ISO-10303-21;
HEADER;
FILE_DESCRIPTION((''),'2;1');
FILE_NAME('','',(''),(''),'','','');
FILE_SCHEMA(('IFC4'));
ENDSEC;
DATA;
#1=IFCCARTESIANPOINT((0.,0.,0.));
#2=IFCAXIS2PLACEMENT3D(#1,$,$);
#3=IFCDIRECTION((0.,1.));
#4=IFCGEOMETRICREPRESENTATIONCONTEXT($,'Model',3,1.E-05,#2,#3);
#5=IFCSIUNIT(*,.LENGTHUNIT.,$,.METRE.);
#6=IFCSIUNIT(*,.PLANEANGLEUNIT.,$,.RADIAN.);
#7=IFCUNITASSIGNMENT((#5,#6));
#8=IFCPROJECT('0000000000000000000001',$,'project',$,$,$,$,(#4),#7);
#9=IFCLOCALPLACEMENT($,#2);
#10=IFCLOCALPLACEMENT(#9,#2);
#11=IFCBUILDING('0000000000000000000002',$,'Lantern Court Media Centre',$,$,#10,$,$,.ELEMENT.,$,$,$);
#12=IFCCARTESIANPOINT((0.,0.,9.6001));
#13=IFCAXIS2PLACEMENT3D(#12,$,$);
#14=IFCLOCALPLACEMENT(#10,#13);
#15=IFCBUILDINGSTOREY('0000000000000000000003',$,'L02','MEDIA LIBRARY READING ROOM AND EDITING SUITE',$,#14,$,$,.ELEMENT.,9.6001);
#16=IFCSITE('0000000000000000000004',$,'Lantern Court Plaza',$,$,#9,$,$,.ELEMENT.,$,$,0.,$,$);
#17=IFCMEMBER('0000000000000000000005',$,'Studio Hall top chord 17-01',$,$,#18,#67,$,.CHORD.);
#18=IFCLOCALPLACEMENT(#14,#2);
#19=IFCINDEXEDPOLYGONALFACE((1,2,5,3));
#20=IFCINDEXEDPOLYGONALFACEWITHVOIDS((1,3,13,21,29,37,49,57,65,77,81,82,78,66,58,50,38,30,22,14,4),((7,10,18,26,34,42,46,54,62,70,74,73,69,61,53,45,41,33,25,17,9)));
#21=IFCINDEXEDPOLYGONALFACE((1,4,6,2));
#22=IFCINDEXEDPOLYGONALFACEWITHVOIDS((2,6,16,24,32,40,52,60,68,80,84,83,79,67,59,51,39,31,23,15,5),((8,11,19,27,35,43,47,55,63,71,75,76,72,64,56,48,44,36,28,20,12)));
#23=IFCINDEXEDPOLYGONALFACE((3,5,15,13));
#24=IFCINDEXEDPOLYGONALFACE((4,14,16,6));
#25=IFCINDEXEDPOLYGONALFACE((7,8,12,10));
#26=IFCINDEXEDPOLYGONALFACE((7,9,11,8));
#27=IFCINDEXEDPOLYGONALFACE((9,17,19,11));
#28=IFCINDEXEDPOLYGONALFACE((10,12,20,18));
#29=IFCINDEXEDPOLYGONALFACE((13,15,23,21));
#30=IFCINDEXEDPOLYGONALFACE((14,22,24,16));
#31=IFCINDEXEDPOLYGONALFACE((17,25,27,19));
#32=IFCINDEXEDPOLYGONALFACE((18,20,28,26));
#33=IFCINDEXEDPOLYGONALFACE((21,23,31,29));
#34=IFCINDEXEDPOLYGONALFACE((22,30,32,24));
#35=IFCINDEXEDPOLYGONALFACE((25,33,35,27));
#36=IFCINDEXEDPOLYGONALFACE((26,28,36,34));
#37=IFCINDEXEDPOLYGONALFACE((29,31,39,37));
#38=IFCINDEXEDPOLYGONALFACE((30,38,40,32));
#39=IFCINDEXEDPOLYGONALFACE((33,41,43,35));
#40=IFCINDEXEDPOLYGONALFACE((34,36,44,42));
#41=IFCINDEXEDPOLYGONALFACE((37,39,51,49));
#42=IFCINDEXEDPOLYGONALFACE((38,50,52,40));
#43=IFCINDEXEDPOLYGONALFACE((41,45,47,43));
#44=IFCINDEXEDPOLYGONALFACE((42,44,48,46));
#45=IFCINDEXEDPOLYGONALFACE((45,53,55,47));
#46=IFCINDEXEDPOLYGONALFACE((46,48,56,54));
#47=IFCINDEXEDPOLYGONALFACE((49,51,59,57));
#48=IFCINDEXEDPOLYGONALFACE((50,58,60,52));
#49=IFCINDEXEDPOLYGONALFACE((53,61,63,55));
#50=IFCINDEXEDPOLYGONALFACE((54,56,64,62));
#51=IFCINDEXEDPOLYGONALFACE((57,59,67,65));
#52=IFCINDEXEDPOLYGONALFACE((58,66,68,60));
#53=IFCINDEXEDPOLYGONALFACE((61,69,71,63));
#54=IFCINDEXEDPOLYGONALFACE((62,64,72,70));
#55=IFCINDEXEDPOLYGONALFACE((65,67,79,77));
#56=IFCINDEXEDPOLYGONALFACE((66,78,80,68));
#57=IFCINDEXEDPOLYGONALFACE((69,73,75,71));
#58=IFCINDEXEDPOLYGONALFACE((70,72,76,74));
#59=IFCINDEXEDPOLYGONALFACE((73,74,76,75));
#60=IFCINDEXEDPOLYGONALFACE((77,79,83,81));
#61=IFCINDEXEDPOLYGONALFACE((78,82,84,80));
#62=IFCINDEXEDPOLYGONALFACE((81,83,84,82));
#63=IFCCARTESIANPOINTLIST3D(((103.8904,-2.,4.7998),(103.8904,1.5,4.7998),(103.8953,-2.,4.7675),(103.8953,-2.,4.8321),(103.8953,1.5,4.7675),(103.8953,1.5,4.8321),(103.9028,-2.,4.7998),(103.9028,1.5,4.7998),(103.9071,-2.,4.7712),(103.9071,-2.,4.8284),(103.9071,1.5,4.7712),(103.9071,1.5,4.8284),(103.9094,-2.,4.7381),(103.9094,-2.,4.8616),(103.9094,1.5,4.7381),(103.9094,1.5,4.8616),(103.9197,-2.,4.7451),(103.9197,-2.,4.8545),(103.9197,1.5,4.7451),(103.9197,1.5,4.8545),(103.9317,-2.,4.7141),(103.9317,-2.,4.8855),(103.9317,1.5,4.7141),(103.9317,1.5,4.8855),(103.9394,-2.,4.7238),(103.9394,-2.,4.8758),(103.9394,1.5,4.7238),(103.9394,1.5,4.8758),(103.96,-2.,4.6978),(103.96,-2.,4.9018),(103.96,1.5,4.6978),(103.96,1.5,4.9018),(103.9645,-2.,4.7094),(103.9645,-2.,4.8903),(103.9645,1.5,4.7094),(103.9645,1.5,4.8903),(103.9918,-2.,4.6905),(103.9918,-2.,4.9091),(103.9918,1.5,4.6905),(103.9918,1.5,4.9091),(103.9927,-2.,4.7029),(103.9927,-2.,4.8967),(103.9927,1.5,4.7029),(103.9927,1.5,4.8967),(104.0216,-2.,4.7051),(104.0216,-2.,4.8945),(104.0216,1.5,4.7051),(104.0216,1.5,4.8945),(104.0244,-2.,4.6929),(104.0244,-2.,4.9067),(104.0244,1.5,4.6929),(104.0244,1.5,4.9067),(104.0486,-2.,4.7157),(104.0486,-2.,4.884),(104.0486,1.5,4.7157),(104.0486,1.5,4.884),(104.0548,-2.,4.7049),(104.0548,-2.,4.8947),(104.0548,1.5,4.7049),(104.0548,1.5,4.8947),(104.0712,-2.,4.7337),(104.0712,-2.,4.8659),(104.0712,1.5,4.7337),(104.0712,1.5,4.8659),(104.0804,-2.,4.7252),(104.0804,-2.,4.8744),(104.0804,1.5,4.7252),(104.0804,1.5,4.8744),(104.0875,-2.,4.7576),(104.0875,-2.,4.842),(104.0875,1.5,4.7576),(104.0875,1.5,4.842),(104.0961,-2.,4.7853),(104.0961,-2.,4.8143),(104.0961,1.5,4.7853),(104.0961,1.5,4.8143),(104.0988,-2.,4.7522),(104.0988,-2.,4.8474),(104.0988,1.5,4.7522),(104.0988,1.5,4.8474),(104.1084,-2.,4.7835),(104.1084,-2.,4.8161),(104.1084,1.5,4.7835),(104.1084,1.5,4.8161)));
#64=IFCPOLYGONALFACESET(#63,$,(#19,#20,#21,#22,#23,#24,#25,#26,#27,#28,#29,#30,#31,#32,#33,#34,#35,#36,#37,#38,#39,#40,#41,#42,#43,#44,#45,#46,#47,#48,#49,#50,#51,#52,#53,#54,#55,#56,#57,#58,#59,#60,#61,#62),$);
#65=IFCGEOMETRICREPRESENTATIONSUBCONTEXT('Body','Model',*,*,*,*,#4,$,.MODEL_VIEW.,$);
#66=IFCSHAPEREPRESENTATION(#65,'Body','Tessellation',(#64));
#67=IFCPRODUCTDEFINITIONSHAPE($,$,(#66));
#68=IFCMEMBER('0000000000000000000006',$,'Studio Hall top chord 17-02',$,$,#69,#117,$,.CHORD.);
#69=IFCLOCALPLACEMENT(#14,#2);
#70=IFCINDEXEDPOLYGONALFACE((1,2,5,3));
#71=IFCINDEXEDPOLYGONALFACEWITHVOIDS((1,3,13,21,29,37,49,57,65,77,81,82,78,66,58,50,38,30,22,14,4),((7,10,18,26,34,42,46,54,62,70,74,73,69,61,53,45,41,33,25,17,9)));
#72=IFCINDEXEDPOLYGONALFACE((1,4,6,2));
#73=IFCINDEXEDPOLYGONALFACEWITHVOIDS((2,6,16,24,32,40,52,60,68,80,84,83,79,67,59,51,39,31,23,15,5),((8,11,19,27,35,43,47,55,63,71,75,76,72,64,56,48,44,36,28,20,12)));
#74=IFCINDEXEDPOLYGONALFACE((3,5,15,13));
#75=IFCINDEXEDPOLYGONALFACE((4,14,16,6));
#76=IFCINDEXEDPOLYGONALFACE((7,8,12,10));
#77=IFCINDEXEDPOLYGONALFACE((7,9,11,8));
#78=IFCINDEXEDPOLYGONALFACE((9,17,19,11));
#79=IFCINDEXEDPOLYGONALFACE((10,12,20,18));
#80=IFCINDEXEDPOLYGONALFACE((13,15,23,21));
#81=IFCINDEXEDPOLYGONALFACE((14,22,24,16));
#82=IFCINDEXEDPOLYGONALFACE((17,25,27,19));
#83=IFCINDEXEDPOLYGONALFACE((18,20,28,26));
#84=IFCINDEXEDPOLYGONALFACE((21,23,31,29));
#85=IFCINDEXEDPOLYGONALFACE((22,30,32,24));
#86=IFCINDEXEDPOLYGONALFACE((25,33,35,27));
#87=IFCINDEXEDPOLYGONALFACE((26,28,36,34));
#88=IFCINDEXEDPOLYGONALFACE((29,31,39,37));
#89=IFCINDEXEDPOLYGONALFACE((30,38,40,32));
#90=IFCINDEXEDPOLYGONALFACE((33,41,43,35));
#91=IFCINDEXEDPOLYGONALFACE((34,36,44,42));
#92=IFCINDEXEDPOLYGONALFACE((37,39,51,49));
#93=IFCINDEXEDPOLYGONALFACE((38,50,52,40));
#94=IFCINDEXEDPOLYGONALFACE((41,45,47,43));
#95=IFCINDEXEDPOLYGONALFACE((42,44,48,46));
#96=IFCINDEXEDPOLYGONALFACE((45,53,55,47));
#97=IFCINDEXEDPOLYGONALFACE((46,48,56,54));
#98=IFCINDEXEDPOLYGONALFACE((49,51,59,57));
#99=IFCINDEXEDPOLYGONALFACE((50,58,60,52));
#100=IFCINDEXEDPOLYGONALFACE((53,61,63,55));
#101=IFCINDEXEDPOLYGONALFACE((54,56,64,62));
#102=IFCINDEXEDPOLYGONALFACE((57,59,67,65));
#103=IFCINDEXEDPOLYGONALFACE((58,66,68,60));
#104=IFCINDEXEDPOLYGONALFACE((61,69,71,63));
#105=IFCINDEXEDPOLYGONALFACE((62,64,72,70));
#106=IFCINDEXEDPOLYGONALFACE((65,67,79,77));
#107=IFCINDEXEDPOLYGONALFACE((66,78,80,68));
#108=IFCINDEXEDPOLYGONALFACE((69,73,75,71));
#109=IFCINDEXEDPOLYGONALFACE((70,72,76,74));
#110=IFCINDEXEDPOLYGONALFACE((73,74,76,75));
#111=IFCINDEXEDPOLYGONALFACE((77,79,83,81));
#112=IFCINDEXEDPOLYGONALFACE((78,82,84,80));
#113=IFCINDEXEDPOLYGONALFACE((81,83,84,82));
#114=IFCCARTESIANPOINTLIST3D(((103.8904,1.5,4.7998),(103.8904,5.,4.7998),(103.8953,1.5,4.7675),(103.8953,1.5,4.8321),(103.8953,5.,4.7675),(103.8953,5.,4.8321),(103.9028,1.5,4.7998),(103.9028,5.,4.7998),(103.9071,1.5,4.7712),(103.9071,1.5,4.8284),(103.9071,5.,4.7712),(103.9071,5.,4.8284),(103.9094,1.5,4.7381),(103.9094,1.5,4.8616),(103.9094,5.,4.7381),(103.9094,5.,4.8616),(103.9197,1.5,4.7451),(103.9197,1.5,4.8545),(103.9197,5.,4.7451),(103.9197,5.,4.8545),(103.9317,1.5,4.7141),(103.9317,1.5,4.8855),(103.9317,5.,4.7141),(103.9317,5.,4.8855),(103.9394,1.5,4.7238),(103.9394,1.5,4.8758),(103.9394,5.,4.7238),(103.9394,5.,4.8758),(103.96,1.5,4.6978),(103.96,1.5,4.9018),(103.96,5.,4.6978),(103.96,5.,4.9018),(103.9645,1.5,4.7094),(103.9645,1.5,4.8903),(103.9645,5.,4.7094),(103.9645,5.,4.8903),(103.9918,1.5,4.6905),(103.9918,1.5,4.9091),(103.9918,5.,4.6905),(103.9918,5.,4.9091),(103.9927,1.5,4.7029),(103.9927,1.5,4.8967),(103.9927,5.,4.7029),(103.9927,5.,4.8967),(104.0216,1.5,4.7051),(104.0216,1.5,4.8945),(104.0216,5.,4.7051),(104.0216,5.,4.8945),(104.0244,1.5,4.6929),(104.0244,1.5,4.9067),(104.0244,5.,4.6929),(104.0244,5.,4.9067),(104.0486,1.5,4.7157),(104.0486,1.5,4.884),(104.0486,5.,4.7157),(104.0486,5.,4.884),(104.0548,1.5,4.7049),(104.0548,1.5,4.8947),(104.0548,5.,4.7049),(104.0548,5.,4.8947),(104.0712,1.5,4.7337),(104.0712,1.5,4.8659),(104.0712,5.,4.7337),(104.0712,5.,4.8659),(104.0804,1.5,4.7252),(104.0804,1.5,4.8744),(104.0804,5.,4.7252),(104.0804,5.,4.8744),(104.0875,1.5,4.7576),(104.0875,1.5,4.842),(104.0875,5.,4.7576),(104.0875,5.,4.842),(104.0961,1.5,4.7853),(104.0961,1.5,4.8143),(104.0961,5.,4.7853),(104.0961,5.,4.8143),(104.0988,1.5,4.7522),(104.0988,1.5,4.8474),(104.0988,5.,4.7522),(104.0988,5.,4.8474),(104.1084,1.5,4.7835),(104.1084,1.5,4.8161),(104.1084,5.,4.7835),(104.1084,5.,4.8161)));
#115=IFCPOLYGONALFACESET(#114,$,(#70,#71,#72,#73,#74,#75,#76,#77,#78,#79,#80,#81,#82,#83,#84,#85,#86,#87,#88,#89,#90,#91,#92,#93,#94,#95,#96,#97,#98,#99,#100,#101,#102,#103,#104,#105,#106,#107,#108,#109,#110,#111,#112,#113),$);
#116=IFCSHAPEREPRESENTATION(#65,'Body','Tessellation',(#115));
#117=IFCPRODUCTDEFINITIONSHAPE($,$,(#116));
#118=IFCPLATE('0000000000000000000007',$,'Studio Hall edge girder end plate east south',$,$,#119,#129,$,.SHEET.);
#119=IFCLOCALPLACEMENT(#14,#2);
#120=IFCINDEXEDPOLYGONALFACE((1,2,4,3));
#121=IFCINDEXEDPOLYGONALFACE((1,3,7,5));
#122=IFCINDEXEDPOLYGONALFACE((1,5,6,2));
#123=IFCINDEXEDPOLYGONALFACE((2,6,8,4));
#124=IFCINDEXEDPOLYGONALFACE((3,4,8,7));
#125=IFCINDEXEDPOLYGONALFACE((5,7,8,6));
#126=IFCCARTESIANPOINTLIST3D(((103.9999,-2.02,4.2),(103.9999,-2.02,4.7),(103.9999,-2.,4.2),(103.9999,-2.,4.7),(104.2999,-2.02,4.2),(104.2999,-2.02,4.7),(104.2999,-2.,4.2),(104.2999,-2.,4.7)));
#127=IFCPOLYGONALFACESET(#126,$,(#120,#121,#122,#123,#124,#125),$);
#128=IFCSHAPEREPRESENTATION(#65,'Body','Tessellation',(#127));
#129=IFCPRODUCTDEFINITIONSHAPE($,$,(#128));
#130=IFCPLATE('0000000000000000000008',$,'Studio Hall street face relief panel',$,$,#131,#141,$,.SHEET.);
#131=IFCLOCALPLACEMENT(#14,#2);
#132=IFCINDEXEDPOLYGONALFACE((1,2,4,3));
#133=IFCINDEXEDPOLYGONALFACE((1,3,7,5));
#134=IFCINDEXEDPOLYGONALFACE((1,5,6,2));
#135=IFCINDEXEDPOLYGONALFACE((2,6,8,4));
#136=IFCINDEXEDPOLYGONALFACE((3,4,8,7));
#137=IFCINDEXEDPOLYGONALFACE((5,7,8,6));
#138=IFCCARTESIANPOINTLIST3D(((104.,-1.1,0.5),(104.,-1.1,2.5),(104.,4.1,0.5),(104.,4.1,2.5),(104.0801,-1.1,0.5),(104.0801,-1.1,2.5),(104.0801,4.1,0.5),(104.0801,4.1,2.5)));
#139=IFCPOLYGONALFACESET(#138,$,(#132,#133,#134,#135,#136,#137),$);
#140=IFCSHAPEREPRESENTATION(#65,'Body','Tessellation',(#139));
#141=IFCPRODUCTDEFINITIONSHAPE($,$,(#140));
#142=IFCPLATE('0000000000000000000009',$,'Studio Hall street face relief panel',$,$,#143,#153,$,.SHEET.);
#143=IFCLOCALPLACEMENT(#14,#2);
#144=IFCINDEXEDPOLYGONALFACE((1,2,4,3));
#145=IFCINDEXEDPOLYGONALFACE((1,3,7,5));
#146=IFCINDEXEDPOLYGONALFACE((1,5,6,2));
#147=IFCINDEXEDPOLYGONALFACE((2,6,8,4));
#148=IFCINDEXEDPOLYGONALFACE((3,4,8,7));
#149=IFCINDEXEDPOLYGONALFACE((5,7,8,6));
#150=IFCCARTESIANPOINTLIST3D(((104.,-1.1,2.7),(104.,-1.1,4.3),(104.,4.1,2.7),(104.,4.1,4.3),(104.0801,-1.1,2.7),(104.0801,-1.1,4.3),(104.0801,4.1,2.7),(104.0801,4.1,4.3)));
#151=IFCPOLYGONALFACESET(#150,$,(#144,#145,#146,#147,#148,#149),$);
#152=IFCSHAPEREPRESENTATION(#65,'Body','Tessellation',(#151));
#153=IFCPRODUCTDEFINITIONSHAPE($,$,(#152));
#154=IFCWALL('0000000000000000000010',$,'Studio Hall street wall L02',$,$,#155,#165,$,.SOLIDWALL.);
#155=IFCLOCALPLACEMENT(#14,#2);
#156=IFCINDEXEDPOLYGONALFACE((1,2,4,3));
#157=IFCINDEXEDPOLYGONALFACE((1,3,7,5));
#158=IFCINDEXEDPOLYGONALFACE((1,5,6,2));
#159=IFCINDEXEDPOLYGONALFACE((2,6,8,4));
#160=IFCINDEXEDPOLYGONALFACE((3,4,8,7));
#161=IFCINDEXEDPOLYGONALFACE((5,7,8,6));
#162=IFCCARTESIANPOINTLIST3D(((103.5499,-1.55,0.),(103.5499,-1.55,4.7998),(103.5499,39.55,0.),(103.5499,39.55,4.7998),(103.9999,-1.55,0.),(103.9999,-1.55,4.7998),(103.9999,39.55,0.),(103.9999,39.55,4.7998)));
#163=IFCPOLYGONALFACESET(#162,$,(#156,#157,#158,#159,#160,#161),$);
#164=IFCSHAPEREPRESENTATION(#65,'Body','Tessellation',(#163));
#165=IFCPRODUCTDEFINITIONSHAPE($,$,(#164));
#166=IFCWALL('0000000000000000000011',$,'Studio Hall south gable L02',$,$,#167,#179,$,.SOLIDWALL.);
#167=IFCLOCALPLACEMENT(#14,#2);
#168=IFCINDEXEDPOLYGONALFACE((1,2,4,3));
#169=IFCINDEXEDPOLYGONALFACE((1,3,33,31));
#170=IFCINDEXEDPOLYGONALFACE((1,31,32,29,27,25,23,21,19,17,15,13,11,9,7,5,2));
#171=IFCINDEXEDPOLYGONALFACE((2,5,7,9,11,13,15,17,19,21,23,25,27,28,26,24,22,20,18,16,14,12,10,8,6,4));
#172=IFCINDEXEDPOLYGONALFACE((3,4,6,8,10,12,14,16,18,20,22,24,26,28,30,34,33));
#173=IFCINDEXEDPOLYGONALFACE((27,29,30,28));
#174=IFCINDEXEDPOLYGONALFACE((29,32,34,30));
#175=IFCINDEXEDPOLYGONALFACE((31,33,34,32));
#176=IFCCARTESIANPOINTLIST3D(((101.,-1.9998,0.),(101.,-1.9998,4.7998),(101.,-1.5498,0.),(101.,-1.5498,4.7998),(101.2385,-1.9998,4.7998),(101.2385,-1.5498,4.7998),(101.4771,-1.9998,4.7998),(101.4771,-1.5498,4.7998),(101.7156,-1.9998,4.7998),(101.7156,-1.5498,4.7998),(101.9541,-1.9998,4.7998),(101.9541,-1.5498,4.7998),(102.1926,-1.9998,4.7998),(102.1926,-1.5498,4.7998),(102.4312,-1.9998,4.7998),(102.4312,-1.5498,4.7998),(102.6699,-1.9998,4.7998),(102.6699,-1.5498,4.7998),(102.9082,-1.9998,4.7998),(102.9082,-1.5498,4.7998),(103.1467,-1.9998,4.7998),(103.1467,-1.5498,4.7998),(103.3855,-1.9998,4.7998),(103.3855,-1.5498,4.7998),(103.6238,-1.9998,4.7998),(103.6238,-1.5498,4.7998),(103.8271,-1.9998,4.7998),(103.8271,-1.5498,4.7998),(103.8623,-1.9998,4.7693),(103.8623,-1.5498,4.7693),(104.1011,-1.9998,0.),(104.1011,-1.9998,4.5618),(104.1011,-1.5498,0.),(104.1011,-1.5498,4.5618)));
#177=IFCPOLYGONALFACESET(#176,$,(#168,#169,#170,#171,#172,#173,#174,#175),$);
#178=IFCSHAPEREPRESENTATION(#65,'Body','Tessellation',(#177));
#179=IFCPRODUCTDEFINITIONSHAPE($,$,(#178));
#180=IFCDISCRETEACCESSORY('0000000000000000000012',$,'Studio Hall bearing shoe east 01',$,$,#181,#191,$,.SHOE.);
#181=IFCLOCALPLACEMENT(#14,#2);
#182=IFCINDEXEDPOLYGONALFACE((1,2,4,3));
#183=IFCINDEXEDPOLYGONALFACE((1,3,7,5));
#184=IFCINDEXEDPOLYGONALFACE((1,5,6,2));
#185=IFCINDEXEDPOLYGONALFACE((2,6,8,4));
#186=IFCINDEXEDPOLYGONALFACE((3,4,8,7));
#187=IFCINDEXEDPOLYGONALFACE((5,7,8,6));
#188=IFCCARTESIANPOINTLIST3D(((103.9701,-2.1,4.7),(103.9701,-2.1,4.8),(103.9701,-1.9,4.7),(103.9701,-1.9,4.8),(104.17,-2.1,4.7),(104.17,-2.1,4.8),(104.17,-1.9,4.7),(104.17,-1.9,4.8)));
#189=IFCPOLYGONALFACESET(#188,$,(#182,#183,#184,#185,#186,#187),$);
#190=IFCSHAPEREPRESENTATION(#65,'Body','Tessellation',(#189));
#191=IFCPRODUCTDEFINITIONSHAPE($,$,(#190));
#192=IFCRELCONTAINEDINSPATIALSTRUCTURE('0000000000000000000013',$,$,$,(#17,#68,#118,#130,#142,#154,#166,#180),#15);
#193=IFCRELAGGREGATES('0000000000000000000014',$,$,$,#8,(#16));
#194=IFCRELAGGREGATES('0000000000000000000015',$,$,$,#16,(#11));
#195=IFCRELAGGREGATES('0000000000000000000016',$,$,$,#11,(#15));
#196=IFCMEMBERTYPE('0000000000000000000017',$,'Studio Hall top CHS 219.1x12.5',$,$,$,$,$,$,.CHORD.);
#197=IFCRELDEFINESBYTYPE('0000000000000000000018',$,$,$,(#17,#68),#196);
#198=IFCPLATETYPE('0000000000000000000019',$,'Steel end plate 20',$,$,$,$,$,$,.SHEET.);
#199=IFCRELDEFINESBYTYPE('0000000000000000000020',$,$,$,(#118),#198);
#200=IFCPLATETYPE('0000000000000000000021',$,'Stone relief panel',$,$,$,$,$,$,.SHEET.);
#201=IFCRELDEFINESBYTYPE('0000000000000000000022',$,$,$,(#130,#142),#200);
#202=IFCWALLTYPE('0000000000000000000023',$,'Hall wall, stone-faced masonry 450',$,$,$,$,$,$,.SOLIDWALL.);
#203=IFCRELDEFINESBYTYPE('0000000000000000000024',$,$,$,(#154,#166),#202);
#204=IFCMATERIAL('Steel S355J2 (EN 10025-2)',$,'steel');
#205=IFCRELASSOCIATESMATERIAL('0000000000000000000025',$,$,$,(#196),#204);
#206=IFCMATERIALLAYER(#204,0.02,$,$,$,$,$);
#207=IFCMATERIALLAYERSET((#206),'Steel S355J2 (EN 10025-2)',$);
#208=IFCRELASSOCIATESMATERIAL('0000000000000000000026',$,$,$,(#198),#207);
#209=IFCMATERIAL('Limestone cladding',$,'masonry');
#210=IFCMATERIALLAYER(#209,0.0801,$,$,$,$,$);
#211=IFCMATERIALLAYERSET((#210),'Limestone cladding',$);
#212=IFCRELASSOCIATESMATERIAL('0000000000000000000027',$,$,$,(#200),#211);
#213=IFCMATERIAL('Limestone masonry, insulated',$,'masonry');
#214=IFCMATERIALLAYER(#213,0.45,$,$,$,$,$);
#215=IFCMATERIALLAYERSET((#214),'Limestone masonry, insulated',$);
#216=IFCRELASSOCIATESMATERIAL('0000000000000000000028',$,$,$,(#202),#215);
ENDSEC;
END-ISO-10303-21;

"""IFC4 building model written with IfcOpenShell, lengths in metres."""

from ifc_helpers import new_model, si_unit, direction, frame, frame_2d, origin, origin_2d, place, context, subcontext, project, spatial, polyline, rectangle, hollow_circle, outline, extrude, material, layer, layer_set, material_profile, profile_set, type_object, element, save


model = new_model("IFC4")

# Units and contexts
model_context = context("Model", 3, precision=1e-05, world=origin(), true_north=direction((0.0, 1.0)))
body_context = subcontext(model_context, "Body", "Model", "MODEL_VIEW")
ifc_project = project(units=[si_unit("LENGTHUNIT", "METRE"), si_unit("PLANEANGLEUNIT", "RADIAN")], contexts=[model_context])

# Site, building, storey
site_placement = place(None, origin())
site = spatial("IfcSite", under=ifc_project, at=site_placement, Name="Lantern Court Plaza", CompositionType="ELEMENT", RefElevation=0.0)
building_placement = place(site_placement, origin())
building = spatial("IfcBuilding", under=site, at=building_placement, Name="Lantern Court Media Centre", CompositionType="ELEMENT")
storey_placement = place(building_placement, frame((0.0, 0.0, 9.6001)))
storey = spatial("IfcBuildingStorey", under=building, at=storey_placement, Name="L02", Description="MEDIA LIBRARY READING ROOM AND EDITING SUITE", CompositionType="ELEMENT", Elevation=9.6001)

# Shared definitions
ifc_material_1 = material(Name="Steel S355J2 (EN 10025-2)", Category="steel")

# Members
ifc_material_profile_1 = material_profile(ifc_material_1, hollow_circle(Radius=0.1096, WallThickness=0.0125, at=origin_2d()), Name="Studio Hall top CHS 219.1x12.5")
ifc_profile_set_1 = profile_set([ifc_material_profile_1], Name="Steel S355J2 (EN 10025-2)")
member_type_1 = type_object("IfcMemberType", Name="Studio Hall top CHS 219.1x12.5", PredefinedType="CHORD", material=ifc_profile_set_1)
for number, where, z_axis, x_axis, name in (
    (1, (104.0, -2.0, 4.7998), (0.0, 1.0, 0.0), (-1.0, 0.0, 0.0), "Studio Hall top chord 17-01"),
    (2, (104.0, 1.5, 4.7998), (0.0, 1.0, 0.0), (-1.0, 0.0, 0.0), "Studio Hall top chord 17-02"),
):
    element("IfcMember", number, at=place(storey_placement, frame(where, z_axis=z_axis, x_axis=x_axis)), inside=storey, type_object=member_type_1, Name=name, PredefinedType="CHORD", context=body_context, shape_type="SweptSolid", body=[
        extrude(hollow_circle(Radius=0.1096, WallThickness=0.0125, at=origin_2d()), origin(), (0.0, 0.0, 1.0), 3.5),
    ])

# Plates
ifc_layer_1 = layer(ifc_material_1, 0.02)
ifc_layer_set_1 = layer_set([ifc_layer_1], Name="Steel S355J2 (EN 10025-2)")
plate_type_1 = type_object("IfcPlateType", Name="Steel end plate 20", PredefinedType="SHEET", material=ifc_layer_set_1)
plate_1_placement = place(storey_placement, frame((104.1499, -2.01, 4.2), z_axis=(0.0, 0.0, 1.0), x_axis=(1.0, 0.0, 0.0)))
element("IfcPlate", 3, at=plate_1_placement, inside=storey, type_object=plate_type_1, Name="Studio Hall edge girder end plate east south", PredefinedType="SHEET", context=body_context, shape_type="SweptSolid", body=[
    extrude(rectangle(XDim=0.3, YDim=0.02, at=origin_2d()), origin(), (0.0, 0.0, 1.0), 0.5),
])
ifc_material_2 = material(Name="Limestone cladding", Category="masonry")
ifc_layer_2 = layer(ifc_material_2, 0.0801)
ifc_layer_set_2 = layer_set([ifc_layer_2], Name="Limestone cladding")
plate_type_2 = type_object("IfcPlateType", Name="Stone relief panel", PredefinedType="SHEET", material=ifc_layer_set_2)
plate_2_placement = place(storey_placement, frame((104.04, 1.5, 0.5), z_axis=(0.0, 0.0, 1.0), x_axis=(1.0, 0.0, 0.0)))
element("IfcPlate", 4, at=plate_2_placement, inside=storey, type_object=plate_type_2, Name="Studio Hall street face relief panel", PredefinedType="SHEET", context=body_context, shape_type="SweptSolid", body=[
    extrude(rectangle(XDim=0.0801, YDim=5.2, at=origin_2d()), origin(), (0.0, 0.0, 1.0), 2.0),
])
plate_3_placement = place(storey_placement, frame((104.04, 1.5, 2.7), z_axis=(0.0, 0.0, 1.0), x_axis=(1.0, 0.0, 0.0)))
element("IfcPlate", 5, at=plate_3_placement, inside=storey, type_object=plate_type_2, Name="Studio Hall street face relief panel", PredefinedType="SHEET", context=body_context, shape_type="SweptSolid", body=[
    extrude(rectangle(XDim=0.0801, YDim=5.2, at=origin_2d()), origin(), (0.0, 0.0, 1.0), 1.6001),
])

# Walls
ifc_material_3 = material(Name="Limestone masonry, insulated", Category="masonry")
ifc_layer_3 = layer(ifc_material_3, 0.45)
ifc_layer_set_3 = layer_set([ifc_layer_3], Name="Limestone masonry, insulated")
wall_type = type_object("IfcWallType", Name="Hall wall, stone-faced masonry 450", PredefinedType="SOLIDWALL", material=ifc_layer_set_3)
wall_1_placement = place(storey_placement, frame((103.7749, -1.55, 0.0), z_axis=(0.0, 0.0, 1.0), x_axis=(0.0, 1.0, 0.0)))
element("IfcWall", 6, at=wall_1_placement, inside=storey, type_object=wall_type, Name="Studio Hall street wall L02", PredefinedType="SOLIDWALL", context=body_context, shape_type="SweptSolid", body=[
    extrude(rectangle(XDim=41.1001, YDim=0.45, at=frame_2d((20.55, 0.0))), origin(), (0.0, 0.0, 1.0), 4.7998),
])
wall_2_placement = place(storey_placement, frame((101.0, -1.7749, 0.0), z_axis=(0.0, 0.0, 1.0), x_axis=(1.0, 0.0, 0.0)))
element("IfcWall", 7, at=wall_2_placement, inside=storey, type_object=wall_type, Name="Studio Hall south gable L02", PredefinedType="SOLIDWALL", context=body_context, shape_type="SweptSolid", body=[
    extrude(outline(polyline([(0.0, 0.0), (3.1011, 0.0), (3.1011, 4.5618), (2.8623, 4.7693), (2.8271, 4.7998), (2.6238, 4.7998), (2.3855, 4.7998), (2.1467, 4.7998), (1.9082, 4.7998), (1.6699, 4.7998), (1.4312, 4.7998), (1.1926, 4.7998), (0.9541, 4.7998), (0.7156, 4.7998), (0.4771, 4.7998), (0.2385, 4.7998), (0.0, 4.7998), (0.0, 0.0)])), frame((0.0, 0.2251, 0.0), z_axis=(0.0, -1.0, 0.0), x_axis=(1.0, 0.0, 0.0)), (0.0, 0.0, 1.0), 0.45),
])

# Discrete accessory
for number, where, z_axis, x_axis, name in (
    (8, (104.0701, -2.0, 4.7), (0.0, 0.0, 1.0), (1.0, 0.0, 0.0), "Studio Hall bearing shoe east 01"),
):
    element("IfcDiscreteAccessory", number, at=place(storey_placement, frame(where, z_axis=z_axis, x_axis=x_axis)), inside=storey, Name=name, PredefinedType="SHOE", context=body_context, shape_type="SweptSolid", body=[
        extrude(rectangle(XDim=0.2, YDim=0.2, at=origin_2d()), origin(), (0.0, 0.0, 1.0), 0.1001),
    ])

save(model, "model.ifc")
